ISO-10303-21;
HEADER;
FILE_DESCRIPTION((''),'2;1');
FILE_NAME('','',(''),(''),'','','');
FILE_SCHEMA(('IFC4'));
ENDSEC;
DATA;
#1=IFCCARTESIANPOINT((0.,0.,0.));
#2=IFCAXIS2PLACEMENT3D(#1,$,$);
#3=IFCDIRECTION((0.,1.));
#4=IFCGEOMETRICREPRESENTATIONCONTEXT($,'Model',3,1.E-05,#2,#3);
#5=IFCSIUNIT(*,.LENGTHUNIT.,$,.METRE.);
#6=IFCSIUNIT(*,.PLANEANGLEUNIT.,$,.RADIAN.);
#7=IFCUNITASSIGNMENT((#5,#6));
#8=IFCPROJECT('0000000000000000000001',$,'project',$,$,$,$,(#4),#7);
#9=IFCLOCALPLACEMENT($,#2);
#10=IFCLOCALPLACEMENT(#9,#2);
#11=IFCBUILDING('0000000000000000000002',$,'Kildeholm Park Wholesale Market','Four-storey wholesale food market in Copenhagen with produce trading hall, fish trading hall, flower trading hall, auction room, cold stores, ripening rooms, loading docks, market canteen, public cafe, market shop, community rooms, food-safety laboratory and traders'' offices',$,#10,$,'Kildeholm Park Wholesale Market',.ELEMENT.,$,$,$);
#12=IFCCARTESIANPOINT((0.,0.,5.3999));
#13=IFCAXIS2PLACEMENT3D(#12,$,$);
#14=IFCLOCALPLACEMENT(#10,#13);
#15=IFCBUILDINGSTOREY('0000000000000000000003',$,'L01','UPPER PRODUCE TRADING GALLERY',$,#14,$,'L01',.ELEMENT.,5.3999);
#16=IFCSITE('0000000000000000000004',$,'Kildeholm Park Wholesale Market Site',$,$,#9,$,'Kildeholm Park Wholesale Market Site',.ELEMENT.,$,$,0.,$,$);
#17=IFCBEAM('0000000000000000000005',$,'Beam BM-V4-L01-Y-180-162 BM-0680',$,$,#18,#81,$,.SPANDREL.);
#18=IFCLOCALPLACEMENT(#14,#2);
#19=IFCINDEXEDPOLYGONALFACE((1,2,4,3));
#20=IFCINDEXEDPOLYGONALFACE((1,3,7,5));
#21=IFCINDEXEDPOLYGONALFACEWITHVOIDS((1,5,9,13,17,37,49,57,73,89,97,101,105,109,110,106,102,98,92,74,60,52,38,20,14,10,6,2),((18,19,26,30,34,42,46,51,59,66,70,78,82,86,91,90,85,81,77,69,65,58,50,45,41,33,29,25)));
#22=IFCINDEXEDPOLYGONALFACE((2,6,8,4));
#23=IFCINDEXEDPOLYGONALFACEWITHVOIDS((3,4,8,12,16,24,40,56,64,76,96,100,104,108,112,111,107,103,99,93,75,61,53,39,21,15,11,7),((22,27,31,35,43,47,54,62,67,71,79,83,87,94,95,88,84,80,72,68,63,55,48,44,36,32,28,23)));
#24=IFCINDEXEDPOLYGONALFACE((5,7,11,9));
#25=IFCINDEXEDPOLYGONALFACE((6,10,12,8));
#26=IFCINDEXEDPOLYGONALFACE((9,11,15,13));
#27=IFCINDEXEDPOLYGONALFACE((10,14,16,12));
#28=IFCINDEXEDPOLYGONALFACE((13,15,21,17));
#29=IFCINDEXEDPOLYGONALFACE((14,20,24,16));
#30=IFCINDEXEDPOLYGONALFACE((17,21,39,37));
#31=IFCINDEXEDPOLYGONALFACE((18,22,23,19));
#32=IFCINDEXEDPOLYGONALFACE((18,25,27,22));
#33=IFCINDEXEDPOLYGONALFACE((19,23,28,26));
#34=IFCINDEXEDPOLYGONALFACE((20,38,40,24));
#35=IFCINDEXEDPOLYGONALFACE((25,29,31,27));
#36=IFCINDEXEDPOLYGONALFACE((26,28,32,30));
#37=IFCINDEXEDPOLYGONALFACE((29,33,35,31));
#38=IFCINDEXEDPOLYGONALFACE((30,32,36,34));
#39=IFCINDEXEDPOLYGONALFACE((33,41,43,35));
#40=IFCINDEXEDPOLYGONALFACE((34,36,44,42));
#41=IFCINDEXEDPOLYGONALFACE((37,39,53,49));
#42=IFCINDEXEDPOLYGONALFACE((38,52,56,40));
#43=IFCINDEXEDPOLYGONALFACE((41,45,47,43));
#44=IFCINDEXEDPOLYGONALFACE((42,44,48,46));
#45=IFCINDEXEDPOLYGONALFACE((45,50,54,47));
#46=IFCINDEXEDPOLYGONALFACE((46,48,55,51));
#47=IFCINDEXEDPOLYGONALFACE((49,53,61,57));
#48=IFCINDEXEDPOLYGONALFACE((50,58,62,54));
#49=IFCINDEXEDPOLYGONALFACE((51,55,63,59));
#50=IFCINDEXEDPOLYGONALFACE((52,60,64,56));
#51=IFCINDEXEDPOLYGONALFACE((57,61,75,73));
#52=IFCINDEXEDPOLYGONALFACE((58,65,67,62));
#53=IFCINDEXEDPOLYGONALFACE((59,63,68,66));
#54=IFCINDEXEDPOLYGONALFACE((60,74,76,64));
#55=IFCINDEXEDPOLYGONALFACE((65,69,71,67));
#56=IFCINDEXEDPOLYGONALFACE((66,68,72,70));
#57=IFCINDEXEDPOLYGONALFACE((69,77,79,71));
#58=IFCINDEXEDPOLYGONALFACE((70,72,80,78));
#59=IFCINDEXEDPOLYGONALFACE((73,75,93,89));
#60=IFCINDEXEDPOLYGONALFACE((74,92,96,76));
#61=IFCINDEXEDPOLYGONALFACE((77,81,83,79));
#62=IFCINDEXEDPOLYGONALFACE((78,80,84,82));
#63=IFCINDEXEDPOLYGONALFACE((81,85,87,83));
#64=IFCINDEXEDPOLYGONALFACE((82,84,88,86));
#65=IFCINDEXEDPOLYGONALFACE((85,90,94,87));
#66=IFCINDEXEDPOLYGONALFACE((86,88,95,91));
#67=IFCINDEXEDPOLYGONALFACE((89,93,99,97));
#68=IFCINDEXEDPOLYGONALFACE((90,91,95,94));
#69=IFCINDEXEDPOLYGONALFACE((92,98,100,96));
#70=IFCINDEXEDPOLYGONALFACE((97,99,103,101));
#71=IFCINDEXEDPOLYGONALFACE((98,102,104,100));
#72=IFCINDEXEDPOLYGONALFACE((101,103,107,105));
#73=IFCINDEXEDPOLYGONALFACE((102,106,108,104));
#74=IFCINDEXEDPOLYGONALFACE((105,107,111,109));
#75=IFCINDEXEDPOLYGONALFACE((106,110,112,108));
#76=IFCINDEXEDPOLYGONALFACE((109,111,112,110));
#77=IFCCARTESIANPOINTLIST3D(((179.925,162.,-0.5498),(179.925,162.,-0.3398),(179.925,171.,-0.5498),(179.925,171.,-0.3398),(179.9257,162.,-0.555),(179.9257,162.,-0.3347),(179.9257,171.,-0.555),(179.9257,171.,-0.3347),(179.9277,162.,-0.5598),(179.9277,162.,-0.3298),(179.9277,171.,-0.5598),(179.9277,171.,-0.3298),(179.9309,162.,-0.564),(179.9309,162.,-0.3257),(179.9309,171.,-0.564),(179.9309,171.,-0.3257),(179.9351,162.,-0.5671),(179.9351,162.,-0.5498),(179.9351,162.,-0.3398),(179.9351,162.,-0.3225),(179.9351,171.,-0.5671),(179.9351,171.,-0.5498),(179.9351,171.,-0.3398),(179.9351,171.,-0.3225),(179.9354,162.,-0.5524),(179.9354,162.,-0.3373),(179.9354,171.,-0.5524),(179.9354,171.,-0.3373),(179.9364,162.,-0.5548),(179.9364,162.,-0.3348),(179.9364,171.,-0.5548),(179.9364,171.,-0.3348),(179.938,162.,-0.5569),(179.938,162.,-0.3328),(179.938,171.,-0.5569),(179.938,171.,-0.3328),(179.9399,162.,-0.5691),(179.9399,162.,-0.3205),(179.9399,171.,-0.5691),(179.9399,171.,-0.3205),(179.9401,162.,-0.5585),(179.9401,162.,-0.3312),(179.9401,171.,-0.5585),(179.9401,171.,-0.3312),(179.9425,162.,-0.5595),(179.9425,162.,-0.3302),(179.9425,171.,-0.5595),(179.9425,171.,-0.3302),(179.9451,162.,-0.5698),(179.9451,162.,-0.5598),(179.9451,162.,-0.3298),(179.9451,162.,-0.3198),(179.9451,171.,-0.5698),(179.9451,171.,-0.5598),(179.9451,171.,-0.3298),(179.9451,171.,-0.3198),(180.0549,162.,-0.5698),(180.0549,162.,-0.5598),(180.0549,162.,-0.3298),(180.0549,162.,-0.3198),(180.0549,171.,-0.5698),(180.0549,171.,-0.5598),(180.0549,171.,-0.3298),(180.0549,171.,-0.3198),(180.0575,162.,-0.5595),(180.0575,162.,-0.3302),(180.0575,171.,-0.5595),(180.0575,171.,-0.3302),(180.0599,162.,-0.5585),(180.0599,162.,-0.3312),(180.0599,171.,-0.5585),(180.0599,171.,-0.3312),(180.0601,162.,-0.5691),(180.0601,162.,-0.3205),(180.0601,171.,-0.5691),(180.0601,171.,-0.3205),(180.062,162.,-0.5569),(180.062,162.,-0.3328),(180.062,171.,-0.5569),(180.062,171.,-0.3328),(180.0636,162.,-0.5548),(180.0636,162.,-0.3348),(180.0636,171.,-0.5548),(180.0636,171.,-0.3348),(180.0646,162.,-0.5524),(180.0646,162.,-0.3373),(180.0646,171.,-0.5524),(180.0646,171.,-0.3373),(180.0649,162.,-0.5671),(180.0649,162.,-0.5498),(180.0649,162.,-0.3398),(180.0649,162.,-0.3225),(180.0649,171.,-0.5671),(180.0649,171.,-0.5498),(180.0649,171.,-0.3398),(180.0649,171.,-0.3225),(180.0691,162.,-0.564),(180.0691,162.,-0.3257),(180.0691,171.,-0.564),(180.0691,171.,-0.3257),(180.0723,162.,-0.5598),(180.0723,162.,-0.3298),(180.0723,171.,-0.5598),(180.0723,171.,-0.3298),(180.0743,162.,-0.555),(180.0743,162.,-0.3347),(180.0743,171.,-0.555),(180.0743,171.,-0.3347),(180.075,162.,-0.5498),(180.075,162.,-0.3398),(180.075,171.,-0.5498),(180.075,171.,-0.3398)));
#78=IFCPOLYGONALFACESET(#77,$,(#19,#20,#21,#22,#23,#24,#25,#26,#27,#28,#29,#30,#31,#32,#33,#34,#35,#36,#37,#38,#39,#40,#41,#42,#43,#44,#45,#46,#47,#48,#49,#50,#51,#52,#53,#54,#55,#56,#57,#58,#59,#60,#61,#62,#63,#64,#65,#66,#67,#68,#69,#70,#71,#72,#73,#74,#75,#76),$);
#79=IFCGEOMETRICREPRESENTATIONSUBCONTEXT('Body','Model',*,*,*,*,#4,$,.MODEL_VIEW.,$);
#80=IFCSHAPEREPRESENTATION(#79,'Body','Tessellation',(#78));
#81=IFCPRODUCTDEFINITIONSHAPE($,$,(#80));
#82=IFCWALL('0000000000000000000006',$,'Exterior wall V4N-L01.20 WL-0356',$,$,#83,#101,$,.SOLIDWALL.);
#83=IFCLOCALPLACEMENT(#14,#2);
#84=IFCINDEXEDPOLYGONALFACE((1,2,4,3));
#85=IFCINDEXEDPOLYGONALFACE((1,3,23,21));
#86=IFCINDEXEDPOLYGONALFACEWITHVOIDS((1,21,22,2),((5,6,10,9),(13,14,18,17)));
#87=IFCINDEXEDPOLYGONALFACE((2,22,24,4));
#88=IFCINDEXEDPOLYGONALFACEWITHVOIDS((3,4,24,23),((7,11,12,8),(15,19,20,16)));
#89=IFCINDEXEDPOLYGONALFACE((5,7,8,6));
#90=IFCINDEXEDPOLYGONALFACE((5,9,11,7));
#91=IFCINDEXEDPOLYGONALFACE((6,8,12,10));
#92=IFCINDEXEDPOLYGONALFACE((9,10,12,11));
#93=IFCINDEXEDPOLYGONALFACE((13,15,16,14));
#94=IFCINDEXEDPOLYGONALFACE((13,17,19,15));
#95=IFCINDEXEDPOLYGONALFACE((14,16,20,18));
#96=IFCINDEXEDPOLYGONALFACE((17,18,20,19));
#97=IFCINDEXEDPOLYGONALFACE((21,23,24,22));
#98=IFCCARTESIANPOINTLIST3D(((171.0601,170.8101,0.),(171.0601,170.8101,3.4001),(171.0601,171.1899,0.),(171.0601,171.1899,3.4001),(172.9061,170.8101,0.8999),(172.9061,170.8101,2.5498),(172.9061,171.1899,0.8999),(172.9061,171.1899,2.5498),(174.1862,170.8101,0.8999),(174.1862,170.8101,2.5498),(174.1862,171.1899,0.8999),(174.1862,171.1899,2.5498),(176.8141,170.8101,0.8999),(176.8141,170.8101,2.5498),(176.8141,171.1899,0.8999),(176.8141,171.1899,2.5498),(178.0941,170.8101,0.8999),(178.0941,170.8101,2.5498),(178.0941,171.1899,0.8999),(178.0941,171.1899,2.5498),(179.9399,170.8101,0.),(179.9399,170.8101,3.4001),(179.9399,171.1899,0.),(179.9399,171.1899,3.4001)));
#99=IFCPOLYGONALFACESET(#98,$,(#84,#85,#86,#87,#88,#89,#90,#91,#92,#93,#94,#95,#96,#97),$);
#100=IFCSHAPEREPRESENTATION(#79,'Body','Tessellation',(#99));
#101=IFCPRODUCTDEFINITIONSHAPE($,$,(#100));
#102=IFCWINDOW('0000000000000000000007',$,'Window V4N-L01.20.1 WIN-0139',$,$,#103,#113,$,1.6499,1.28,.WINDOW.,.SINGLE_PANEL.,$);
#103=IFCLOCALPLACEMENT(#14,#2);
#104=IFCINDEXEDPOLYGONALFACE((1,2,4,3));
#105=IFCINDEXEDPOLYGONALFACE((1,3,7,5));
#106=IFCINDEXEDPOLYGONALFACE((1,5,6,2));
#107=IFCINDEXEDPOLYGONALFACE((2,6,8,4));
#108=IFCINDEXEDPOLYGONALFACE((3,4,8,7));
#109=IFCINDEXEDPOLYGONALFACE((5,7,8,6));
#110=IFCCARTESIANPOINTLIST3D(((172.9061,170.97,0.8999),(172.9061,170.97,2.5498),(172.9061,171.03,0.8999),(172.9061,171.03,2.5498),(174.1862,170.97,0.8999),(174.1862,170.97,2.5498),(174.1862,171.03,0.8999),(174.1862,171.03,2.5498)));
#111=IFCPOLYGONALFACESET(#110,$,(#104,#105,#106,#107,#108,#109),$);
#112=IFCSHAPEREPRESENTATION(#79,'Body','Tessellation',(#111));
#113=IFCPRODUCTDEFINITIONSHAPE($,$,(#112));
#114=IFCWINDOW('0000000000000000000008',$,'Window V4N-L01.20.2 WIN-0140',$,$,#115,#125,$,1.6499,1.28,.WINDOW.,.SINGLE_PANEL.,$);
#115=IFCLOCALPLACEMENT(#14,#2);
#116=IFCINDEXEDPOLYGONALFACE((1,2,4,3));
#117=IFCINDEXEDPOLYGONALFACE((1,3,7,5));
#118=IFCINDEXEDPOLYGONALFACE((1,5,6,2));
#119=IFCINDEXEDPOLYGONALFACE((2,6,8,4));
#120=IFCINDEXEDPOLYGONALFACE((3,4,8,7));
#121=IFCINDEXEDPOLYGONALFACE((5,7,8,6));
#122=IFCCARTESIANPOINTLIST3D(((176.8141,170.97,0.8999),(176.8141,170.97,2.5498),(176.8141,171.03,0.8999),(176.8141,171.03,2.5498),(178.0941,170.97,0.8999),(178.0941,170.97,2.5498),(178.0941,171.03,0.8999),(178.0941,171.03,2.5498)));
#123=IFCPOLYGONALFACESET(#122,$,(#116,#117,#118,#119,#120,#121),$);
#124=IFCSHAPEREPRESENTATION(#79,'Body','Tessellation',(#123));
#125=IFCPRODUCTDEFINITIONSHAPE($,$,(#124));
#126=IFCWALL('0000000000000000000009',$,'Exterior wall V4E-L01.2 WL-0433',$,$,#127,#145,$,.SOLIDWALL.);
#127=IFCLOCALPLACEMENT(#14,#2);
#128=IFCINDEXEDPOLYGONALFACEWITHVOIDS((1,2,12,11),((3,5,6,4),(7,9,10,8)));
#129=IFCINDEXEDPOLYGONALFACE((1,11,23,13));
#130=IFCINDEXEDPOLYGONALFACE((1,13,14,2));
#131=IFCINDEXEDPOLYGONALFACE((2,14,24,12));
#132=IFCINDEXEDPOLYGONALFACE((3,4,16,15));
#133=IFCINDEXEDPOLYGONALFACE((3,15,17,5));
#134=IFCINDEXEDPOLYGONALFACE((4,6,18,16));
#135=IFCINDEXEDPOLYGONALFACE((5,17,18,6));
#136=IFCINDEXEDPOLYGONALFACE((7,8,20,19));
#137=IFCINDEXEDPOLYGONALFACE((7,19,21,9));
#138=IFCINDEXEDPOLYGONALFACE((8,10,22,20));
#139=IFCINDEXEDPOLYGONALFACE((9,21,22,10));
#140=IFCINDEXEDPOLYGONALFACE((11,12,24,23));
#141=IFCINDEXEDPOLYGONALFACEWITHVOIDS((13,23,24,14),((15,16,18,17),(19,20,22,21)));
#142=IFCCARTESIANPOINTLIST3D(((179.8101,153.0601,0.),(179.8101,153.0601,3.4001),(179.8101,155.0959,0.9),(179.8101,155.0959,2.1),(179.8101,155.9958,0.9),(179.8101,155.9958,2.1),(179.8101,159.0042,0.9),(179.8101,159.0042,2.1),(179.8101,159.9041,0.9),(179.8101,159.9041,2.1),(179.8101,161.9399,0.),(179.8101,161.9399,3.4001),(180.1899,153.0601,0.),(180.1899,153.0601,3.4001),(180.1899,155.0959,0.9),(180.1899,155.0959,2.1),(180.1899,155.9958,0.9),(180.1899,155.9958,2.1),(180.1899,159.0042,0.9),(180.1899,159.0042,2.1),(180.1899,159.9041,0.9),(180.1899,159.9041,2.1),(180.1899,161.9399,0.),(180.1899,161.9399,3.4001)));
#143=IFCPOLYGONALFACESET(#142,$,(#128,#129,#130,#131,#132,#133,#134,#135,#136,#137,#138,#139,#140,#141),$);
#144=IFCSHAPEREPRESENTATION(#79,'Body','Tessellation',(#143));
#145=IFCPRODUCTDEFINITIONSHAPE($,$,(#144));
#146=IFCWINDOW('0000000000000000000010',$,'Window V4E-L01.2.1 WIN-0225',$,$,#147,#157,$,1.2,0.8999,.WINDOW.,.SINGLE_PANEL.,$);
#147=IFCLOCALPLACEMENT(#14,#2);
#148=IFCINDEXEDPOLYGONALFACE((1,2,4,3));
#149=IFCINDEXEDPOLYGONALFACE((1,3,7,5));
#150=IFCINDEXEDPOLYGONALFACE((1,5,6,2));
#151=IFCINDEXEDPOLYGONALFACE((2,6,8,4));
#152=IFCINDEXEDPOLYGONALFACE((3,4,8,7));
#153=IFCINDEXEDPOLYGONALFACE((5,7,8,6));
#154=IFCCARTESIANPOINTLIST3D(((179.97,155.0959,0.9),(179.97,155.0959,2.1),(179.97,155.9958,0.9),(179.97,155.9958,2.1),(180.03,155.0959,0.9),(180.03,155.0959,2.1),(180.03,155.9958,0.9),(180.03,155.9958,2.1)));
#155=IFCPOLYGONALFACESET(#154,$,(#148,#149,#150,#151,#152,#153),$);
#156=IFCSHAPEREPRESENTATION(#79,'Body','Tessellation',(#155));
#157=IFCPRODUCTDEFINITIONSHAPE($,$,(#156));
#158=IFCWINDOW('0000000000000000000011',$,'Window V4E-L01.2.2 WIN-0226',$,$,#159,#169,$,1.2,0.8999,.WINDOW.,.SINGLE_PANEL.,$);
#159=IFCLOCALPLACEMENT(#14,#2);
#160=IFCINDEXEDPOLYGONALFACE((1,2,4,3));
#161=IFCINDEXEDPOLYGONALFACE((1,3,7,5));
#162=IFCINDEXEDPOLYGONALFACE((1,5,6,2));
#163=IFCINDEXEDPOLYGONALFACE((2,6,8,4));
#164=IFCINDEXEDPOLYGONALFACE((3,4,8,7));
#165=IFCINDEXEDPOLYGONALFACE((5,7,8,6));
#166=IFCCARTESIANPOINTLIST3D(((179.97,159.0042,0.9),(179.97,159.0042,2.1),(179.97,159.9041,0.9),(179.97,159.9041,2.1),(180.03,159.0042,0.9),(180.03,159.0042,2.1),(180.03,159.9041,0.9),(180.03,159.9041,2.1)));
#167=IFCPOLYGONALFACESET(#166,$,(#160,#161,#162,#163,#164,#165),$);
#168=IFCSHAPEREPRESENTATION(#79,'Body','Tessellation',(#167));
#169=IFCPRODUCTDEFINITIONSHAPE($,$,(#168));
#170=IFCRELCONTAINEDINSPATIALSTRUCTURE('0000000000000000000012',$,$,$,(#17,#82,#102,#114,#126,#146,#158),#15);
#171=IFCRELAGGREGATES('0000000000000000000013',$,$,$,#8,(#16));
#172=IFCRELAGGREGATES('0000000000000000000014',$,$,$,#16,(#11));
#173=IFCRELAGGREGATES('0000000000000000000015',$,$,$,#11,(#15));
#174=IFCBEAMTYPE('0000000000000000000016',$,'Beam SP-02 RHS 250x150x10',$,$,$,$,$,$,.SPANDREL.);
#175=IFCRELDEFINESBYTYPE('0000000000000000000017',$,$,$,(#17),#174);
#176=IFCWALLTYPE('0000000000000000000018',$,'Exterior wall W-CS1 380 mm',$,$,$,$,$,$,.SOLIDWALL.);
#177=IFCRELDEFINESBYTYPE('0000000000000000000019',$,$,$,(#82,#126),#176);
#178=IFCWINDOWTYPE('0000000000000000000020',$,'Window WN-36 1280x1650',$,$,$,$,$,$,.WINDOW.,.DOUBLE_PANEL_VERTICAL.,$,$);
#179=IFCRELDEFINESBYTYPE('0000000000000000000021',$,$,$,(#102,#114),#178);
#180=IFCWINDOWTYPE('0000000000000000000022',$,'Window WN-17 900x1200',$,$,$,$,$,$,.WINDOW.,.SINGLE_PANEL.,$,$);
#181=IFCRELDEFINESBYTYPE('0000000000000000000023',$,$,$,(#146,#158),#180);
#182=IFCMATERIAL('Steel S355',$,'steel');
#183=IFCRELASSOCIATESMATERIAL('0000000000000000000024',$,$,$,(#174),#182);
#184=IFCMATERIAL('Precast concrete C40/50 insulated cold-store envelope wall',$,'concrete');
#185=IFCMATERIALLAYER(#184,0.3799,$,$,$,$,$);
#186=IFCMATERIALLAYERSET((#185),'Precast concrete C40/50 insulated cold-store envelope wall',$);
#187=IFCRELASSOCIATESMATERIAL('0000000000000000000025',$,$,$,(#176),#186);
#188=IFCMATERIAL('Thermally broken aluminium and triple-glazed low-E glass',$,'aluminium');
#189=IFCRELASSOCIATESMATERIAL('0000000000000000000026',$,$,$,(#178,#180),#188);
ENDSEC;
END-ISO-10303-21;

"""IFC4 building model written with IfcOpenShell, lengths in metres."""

from ifc_helpers import new_model, si_unit, direction, frame, frame_2d, origin, origin_2d, place, context, subcontext, project, spatial, rectangle, hollow_rectangle, extrude, material, layer, layer_set, material_profile, profile_set, type_object, element, fill, save


model = new_model("IFC4")

# Units and contexts
model_context = context("Model", 3, precision=1e-05, world=origin(), true_north=direction((0.0, 1.0)))
body_context = subcontext(model_context, "Body", "Model", "MODEL_VIEW")
ifc_project = project(units=[si_unit("LENGTHUNIT", "METRE"), si_unit("PLANEANGLEUNIT", "RADIAN")], contexts=[model_context])

# Site, building, storey
site_placement = place(None, origin())
site = spatial("IfcSite", under=ifc_project, at=site_placement, Name="Kildeholm Park Wholesale Market Site", LongName="Kildeholm Park Wholesale Market Site", CompositionType="ELEMENT", RefElevation=0.0)
building_placement = place(site_placement, origin())
building = spatial("IfcBuilding", under=site, at=building_placement, Name="Kildeholm Park Wholesale Market", Description="Four-storey wholesale food market in Copenhagen with produce trading hall, fish trading hall, flower trading hall, auction room, cold stores, ripening rooms, loading docks, market canteen, public cafe, market shop, community rooms, food-safety laboratory and traders' offices", LongName="Kildeholm Park Wholesale Market", CompositionType="ELEMENT")
storey_placement = place(building_placement, frame((0.0, 0.0, 5.3999)))
storey = spatial("IfcBuildingStorey", under=building, at=storey_placement, Name="L01", Description="UPPER PRODUCE TRADING GALLERY", LongName="L01", CompositionType="ELEMENT", Elevation=5.3999)

# Beam
ifc_material_1 = material(Name="Steel S355", Category="steel")
ifc_material_profile_1 = material_profile(ifc_material_1, hollow_rectangle(XDim=0.1499, YDim=0.25, WallThickness=0.01, InnerFilletRadius=0.01, OuterFilletRadius=0.02, at=origin_2d()), Name="RHS 250x150x10")
ifc_profile_set_1 = profile_set([ifc_material_profile_1], Name="Steel S355")
beam_type_1 = type_object("IfcBeamType", Name="Beam SP-02 RHS 250x150x10", PredefinedType="SPANDREL", material=ifc_profile_set_1)
for number, where, z_axis, x_axis, name in (
    (1, (180.0, 162.0, -0.4448), (0.0, 1.0, 0.0), (-1.0, 0.0, 0.0), "Beam BM-V4-L01-Y-180-162 BM-0680"),
):
    element("IfcBeam", number, at=place(storey_placement, frame(where, z_axis=z_axis, x_axis=x_axis)), inside=storey, type_object=beam_type_1, Name=name, PredefinedType="SPANDREL", context=body_context, shape_type="SweptSolid", body=[
        extrude(hollow_rectangle(XDim=0.1499, YDim=0.25, WallThickness=0.01, InnerFilletRadius=0.01, OuterFilletRadius=0.02, at=origin_2d()), origin(), (0.0, 0.0, 1.0), 9.0),
    ])

# Walls, openings, windows
ifc_material_2 = material(Name="Precast concrete C40/50 insulated cold-store envelope wall", Category="concrete")
ifc_layer_1 = layer(ifc_material_2, 0.3799)
ifc_layer_set_1 = layer_set([ifc_layer_1], Name="Precast concrete C40/50 insulated cold-store envelope wall")
wall_type_1 = type_object("IfcWallType", Name="Exterior wall W-CS1 380 mm", PredefinedType="SOLIDWALL", material=ifc_layer_set_1)
wall_1_placement = place(storey_placement, frame((171.0601, 171.0, 0.0), z_axis=(0.0, 0.0, 1.0), x_axis=(1.0, 0.0, 0.0)))
wall_1 = element("IfcWall", 2, at=wall_1_placement, inside=storey, type_object=wall_type_1, Name="Exterior wall V4N-L01.20 WL-0356", PredefinedType="SOLIDWALL", context=body_context, shape_type="SweptSolid", body=[
    extrude(rectangle(XDim=8.8799, YDim=0.3799, at=frame_2d((4.4399, 0.0))), origin(), (0.0, 0.0, 1.0), 3.4001),
])
opening_1_placement = place(wall_1_placement, frame((1.8459, 0.0, 0.8999)))
opening_1 = element("IfcOpeningElement", 3, at=opening_1_placement, cuts=wall_1, PredefinedType="OPENING", context=body_context, shape_type="SweptSolid", body=[
    extrude(rectangle(XDim=1.28, YDim=1.6499, at=frame_2d((0.6401, 0.825))), frame((0.0, 0.2, 0.0), z_axis=(0.0, -1.0, 0.0), x_axis=(1.0, 0.0, 0.0)), (0.0, 0.0, 1.0), 0.3999),
])
opening_2_placement = place(wall_1_placement, frame((5.7539, 0.0, 0.8999)))
opening_2 = element("IfcOpeningElement", 4, at=opening_2_placement, cuts=wall_1, PredefinedType="OPENING", context=body_context, shape_type="SweptSolid", body=[
    extrude(rectangle(XDim=1.28, YDim=1.6499, at=frame_2d((0.6401, 0.825))), frame((0.0, 0.2, 0.0), z_axis=(0.0, -1.0, 0.0), x_axis=(1.0, 0.0, 0.0)), (0.0, 0.0, 1.0), 0.3999),
])
ifc_material_3 = material(Name="Thermally broken aluminium and triple-glazed low-E glass", Category="aluminium")
window_type_1 = type_object("IfcWindowType", Name="Window WN-36 1280x1650", PartitioningType="DOUBLE_PANEL_VERTICAL", PredefinedType="WINDOW", material=ifc_material_3)
window_1_placement = place(opening_1_placement, origin())
window_1 = element("IfcWindow", 5, at=window_1_placement, inside=storey, type_object=window_type_1, Name="Window V4N-L01.20.1 WIN-0139", OverallHeight=1.6499, OverallWidth=1.28, PartitioningType="SINGLE_PANEL", PredefinedType="WINDOW", context=body_context, shape_type="SweptSolid", body=[
    extrude(rectangle(XDim=1.28, YDim=1.6499, at=frame_2d((0.6401, 0.825))), frame((0.0, 0.03, 0.0), z_axis=(0.0, -1.0, 0.0), x_axis=(1.0, 0.0, 0.0)), (0.0, 0.0, 1.0), 0.0601),
])
fill(opening_1, window_1)
window_2_placement = place(opening_2_placement, origin())
window_2 = element("IfcWindow", 6, at=window_2_placement, inside=storey, type_object=window_type_1, Name="Window V4N-L01.20.2 WIN-0140", OverallHeight=1.6499, OverallWidth=1.28, PartitioningType="SINGLE_PANEL", PredefinedType="WINDOW", context=body_context, shape_type="SweptSolid", body=[
    extrude(rectangle(XDim=1.28, YDim=1.6499, at=frame_2d((0.6401, 0.825))), frame((0.0, 0.03, 0.0), z_axis=(0.0, -1.0, 0.0), x_axis=(1.0, 0.0, 0.0)), (0.0, 0.0, 1.0), 0.0601),
])
fill(opening_2, window_2)
wall_2_placement = place(storey_placement, frame((180.0, 153.0601, 0.0), z_axis=(0.0, 0.0, 1.0), x_axis=(0.0, 1.0, 0.0)))
wall_2 = element("IfcWall", 7, at=wall_2_placement, inside=storey, type_object=wall_type_1, Name="Exterior wall V4E-L01.2 WL-0433", PredefinedType="SOLIDWALL", context=body_context, shape_type="SweptSolid", body=[
    extrude(rectangle(XDim=8.8799, YDim=0.3799, at=frame_2d((4.4399, 0.0))), origin(), (0.0, 0.0, 1.0), 3.4001),
])
opening_3_placement = place(wall_2_placement, frame((2.0359, 0.0, 0.8999)))
opening_3 = element("IfcOpeningElement", 8, at=opening_3_placement, cuts=wall_2, PredefinedType="OPENING", context=body_context, shape_type="SweptSolid", body=[
    extrude(rectangle(XDim=0.8999, YDim=1.2, at=frame_2d((0.45, 0.6001))), frame((0.0, 0.2, 0.0), z_axis=(0.0, -1.0, 0.0), x_axis=(1.0, 0.0, 0.0)), (0.0, 0.0, 1.0), 0.3999),
])
opening_4_placement = place(wall_2_placement, frame((5.9441, 0.0, 0.8999)))
opening_4 = element("IfcOpeningElement", 9, at=opening_4_placement, cuts=wall_2, PredefinedType="OPENING", context=body_context, shape_type="SweptSolid", body=[
    extrude(rectangle(XDim=0.8999, YDim=1.2, at=frame_2d((0.45, 0.6001))), frame((0.0, 0.2, 0.0), z_axis=(0.0, -1.0, 0.0), x_axis=(1.0, 0.0, 0.0)), (0.0, 0.0, 1.0), 0.3999),
])
window_type_2 = type_object("IfcWindowType", Name="Window WN-17 900x1200", PartitioningType="SINGLE_PANEL", PredefinedType="WINDOW", material=ifc_material_3)
window_3_placement = place(opening_3_placement, origin())
window_3 = element("IfcWindow", 10, at=window_3_placement, inside=storey, type_object=window_type_2, Name="Window V4E-L01.2.1 WIN-0225", OverallHeight=1.2, OverallWidth=0.8999, PartitioningType="SINGLE_PANEL", PredefinedType="WINDOW", context=body_context, shape_type="SweptSolid", body=[
    extrude(rectangle(XDim=0.8999, YDim=1.2, at=frame_2d((0.45, 0.6001))), frame((0.0, 0.03, 0.0), z_axis=(0.0, -1.0, 0.0), x_axis=(1.0, 0.0, 0.0)), (0.0, 0.0, 1.0), 0.0601),
])
fill(opening_3, window_3)
window_4_placement = place(opening_4_placement, origin())
window_4 = element("IfcWindow", 11, at=window_4_placement, inside=storey, type_object=window_type_2, Name="Window V4E-L01.2.2 WIN-0226", OverallHeight=1.2, OverallWidth=0.8999, PartitioningType="SINGLE_PANEL", PredefinedType="WINDOW", context=body_context, shape_type="SweptSolid", body=[
    extrude(rectangle(XDim=0.8999, YDim=1.2, at=frame_2d((0.45, 0.6001))), frame((0.0, 0.03, 0.0), z_axis=(0.0, -1.0, 0.0), x_axis=(1.0, 0.0, 0.0)), (0.0, 0.0, 1.0), 0.0601),
])
fill(opening_4, window_4)

save(model, "model.ifc")
